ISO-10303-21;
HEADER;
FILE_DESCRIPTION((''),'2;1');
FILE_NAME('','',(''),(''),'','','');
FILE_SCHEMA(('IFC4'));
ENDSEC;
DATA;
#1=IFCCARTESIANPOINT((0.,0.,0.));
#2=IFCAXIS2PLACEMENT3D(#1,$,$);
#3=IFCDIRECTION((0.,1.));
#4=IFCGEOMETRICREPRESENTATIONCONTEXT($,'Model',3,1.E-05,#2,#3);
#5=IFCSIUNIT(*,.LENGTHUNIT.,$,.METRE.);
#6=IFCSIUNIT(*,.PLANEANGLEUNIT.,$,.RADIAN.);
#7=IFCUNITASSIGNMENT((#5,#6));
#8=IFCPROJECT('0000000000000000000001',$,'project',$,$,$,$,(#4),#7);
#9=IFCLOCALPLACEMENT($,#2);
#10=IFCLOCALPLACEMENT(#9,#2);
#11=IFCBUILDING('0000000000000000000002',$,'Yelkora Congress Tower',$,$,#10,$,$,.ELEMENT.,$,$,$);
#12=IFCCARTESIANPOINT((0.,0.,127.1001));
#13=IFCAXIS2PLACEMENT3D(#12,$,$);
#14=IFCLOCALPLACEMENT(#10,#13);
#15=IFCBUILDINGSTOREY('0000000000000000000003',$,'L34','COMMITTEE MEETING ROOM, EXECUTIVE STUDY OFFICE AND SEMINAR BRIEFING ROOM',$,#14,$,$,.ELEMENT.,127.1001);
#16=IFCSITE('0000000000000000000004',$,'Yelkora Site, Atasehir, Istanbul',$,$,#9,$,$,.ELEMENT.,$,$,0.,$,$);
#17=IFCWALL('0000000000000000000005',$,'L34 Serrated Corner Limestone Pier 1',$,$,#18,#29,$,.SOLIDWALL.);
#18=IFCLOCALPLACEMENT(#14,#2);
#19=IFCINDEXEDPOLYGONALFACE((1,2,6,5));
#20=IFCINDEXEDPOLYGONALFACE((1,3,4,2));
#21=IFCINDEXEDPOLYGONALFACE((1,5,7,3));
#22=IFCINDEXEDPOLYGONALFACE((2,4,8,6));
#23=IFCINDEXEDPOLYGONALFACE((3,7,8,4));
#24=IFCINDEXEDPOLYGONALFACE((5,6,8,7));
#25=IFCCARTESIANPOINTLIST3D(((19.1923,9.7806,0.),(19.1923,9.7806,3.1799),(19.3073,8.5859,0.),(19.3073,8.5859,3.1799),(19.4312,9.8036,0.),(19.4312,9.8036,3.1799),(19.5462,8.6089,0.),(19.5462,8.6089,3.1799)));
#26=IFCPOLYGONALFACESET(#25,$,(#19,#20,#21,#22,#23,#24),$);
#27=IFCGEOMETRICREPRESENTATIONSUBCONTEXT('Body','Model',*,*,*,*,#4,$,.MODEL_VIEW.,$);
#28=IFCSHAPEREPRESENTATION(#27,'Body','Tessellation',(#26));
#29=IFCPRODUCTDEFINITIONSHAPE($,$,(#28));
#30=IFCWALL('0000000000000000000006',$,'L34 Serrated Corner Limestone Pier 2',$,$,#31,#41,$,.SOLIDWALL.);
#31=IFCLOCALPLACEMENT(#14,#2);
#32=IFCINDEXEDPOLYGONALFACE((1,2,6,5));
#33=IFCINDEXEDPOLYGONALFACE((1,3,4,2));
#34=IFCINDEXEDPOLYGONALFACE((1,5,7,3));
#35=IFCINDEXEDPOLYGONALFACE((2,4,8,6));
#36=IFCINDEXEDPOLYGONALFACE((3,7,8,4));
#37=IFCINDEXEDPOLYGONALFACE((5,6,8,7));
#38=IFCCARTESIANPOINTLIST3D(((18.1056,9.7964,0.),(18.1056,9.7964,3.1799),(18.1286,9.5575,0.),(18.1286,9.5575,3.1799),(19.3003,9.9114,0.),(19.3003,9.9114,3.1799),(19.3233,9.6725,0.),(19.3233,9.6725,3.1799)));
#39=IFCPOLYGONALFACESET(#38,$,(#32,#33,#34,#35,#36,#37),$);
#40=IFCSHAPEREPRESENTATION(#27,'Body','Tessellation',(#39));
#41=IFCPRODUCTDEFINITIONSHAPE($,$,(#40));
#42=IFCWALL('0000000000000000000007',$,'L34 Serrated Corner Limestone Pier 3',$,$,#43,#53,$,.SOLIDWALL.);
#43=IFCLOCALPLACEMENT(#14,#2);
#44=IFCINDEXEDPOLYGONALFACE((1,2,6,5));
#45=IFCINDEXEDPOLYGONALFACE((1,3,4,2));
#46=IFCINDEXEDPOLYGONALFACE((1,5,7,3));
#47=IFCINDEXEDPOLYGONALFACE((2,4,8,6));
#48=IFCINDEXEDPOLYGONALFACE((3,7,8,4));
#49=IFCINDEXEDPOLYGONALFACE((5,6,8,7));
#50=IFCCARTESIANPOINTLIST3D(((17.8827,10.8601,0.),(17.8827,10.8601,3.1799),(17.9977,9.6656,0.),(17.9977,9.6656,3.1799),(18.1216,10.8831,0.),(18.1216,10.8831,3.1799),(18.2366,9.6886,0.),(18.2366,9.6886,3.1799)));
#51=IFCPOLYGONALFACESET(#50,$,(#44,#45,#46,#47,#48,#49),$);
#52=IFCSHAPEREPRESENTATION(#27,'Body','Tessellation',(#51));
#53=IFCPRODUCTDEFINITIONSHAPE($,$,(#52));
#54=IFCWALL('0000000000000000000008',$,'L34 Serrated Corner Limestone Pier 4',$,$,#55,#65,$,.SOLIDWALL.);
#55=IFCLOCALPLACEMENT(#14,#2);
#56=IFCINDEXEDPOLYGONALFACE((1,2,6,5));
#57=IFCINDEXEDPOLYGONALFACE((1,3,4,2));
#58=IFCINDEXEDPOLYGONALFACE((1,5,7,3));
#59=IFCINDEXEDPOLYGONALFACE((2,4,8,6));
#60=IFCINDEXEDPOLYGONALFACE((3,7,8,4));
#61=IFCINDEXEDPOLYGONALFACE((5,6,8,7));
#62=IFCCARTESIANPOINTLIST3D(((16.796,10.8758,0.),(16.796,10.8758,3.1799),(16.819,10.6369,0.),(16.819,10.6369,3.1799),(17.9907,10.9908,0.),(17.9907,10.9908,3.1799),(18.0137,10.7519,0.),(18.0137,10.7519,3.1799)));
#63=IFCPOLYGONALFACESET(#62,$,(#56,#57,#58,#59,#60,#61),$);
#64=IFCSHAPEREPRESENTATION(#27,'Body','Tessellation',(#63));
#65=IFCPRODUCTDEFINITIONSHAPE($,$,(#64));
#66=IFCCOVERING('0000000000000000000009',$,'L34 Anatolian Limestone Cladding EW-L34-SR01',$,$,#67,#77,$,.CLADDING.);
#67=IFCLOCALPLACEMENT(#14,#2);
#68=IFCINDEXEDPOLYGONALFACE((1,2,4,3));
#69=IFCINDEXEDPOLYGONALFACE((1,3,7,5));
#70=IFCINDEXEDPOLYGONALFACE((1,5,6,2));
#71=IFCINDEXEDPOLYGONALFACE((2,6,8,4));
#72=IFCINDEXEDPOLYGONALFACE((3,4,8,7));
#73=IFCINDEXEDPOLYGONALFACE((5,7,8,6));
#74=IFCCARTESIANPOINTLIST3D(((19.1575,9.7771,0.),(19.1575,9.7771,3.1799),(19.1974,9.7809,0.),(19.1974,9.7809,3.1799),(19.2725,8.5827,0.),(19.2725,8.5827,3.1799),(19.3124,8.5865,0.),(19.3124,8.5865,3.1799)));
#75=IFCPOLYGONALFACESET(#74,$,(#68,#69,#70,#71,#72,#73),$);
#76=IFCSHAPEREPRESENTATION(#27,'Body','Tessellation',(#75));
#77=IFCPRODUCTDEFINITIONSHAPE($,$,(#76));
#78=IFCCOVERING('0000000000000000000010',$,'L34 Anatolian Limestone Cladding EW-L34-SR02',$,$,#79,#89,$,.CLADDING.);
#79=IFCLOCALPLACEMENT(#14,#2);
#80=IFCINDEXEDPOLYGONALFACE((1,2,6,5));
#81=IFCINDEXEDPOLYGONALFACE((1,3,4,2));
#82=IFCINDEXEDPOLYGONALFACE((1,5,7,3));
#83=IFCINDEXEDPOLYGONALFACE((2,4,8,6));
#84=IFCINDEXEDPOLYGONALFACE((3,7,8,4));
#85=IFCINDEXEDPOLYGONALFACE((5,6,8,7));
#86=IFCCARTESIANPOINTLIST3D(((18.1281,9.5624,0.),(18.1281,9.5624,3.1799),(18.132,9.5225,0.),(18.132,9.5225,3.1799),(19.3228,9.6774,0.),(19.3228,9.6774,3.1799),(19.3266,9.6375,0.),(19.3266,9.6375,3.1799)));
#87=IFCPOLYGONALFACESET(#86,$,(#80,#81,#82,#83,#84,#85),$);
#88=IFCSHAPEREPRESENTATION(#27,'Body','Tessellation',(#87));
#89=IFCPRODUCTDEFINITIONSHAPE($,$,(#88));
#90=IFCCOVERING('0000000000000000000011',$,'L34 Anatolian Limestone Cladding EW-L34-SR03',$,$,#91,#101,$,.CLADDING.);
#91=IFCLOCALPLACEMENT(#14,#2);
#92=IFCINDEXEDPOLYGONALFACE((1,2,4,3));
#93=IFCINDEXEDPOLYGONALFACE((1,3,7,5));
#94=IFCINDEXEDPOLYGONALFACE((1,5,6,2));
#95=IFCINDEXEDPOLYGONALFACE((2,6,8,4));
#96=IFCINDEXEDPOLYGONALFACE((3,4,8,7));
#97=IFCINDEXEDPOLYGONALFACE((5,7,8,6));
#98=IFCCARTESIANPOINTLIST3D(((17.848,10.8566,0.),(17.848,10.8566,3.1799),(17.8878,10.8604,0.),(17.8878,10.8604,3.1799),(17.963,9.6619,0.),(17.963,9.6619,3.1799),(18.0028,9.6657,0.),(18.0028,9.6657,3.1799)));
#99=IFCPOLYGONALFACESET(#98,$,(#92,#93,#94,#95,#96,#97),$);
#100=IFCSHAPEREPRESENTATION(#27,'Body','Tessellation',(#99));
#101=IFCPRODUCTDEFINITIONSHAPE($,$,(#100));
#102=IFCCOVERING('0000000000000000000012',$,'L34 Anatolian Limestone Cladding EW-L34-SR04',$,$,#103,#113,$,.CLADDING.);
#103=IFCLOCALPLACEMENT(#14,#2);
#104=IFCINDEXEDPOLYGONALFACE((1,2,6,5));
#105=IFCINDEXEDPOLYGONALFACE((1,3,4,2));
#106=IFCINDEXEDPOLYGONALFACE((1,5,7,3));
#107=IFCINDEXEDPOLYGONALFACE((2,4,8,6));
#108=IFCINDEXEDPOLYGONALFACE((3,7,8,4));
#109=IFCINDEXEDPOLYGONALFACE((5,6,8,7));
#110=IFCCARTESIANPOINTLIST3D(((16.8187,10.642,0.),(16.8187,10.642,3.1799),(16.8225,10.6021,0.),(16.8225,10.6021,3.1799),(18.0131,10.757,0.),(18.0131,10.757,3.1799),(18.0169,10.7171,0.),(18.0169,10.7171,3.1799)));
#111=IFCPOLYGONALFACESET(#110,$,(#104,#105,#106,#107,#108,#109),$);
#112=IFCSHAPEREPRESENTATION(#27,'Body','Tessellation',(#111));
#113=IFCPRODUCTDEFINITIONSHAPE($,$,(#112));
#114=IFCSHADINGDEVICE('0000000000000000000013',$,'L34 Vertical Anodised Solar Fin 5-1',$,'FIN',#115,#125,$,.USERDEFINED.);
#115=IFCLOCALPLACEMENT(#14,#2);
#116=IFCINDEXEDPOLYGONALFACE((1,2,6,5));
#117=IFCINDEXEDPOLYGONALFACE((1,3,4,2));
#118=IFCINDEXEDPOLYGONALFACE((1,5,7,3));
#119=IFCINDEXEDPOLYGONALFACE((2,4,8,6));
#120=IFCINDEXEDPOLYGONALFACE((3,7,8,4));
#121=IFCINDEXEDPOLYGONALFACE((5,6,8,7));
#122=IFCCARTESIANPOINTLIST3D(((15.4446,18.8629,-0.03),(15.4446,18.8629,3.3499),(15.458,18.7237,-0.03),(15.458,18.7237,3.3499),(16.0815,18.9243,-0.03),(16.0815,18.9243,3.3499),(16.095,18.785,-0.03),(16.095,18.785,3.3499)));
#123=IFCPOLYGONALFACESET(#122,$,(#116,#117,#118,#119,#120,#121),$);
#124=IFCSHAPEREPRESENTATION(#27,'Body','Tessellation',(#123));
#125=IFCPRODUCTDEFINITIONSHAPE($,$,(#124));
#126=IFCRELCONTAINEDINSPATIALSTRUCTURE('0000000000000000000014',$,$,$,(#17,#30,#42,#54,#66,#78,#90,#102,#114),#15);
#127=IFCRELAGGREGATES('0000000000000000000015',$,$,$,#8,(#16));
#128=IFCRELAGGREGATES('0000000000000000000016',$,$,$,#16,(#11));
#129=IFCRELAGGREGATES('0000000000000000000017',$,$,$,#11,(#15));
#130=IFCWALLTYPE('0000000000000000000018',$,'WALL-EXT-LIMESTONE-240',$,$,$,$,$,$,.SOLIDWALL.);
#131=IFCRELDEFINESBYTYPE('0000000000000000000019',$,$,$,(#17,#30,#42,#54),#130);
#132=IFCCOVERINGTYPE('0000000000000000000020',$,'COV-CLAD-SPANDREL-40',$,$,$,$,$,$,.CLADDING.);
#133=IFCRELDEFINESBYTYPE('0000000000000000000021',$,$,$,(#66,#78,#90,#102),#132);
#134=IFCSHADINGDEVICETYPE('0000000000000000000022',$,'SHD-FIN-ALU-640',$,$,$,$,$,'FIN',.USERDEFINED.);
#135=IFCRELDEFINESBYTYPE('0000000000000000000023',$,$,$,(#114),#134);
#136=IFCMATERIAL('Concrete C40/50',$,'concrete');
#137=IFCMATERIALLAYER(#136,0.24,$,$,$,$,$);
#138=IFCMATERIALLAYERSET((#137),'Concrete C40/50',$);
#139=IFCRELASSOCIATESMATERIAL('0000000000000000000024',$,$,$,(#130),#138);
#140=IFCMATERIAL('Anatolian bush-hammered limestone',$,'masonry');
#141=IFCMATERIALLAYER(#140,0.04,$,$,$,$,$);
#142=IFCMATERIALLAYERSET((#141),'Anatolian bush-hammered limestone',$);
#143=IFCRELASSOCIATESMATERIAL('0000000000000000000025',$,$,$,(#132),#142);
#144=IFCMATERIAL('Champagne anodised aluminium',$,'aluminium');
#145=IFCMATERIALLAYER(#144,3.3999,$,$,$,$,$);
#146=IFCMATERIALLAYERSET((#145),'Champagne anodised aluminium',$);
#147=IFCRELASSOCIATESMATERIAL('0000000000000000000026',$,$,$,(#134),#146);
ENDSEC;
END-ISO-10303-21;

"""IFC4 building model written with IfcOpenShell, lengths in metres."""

from ifc_helpers import new_model, si_unit, direction, frame, frame_2d, origin, origin_2d, place, context, subcontext, project, spatial, rectangle, extrude, material, layer, layer_set, type_object, element, save


model = new_model("IFC4")

# Units and contexts
model_context = context("Model", 3, precision=1e-05, world=origin(), true_north=direction((0.0, 1.0)))
body_context = subcontext(model_context, "Body", "Model", "MODEL_VIEW")
ifc_project = project(units=[si_unit("LENGTHUNIT", "METRE"), si_unit("PLANEANGLEUNIT", "RADIAN")], contexts=[model_context])

# Site, building, storey
site_placement = place(None, origin())
site = spatial("IfcSite", under=ifc_project, at=site_placement, Name="Yelkora Site, Atasehir, Istanbul", CompositionType="ELEMENT", RefElevation=0.0)
building_placement = place(site_placement, origin())
building = spatial("IfcBuilding", under=site, at=building_placement, Name="Yelkora Congress Tower", CompositionType="ELEMENT")
storey_placement = place(building_placement, frame((0.0, 0.0, 127.1001)))
storey = spatial("IfcBuildingStorey", under=building, at=storey_placement, Name="L34", Description="COMMITTEE MEETING ROOM, EXECUTIVE STUDY OFFICE AND SEMINAR BRIEFING ROOM", CompositionType="ELEMENT", Elevation=127.1001)

# Shared definitions
ifc_material_1 = material(Name="Concrete C40/50", Category="concrete")

# Walls
ifc_layer_1 = layer(ifc_material_1, 0.24)
ifc_layer_set_1 = layer_set([ifc_layer_1], Name="Concrete C40/50")
wall_type = type_object("IfcWallType", Name="WALL-EXT-LIMESTONE-240", PredefinedType="SOLIDWALL", material=ifc_layer_set_1)
for number, where, z_axis, x_axis, name in (
    (1, (19.4268, 8.5974, 0.0), (0.0, 0.0, 1.0), (-0.095817, 0.995399, 0.0), "L34 Serrated Corner Limestone Pier 1"),
    (2, (19.3118, 9.792, 0.0), (0.0, 0.0, 1.0), (-0.995399, -0.095817, 0.0), "L34 Serrated Corner Limestone Pier 2"),
):
    element("IfcWall", number, at=place(storey_placement, frame(where, z_axis=z_axis, x_axis=x_axis)), inside=storey, type_object=wall_type, Name=name, PredefinedType="SOLIDWALL", context=body_context, shape_type="SweptSolid", body=[
        extrude(rectangle(XDim=1.2002, YDim=0.24, at=frame_2d((0.6001, 0.0))), origin(), (0.0, 0.0, 1.0), 3.1799),
    ])
wall_1_placement = place(storey_placement, frame((18.1172, 9.677, 0.0), z_axis=(0.0, 0.0, 1.0), x_axis=(-0.095836, 0.995397, 0.0)))
element("IfcWall", 3, at=wall_1_placement, inside=storey, type_object=wall_type, Name="L34 Serrated Corner Limestone Pier 3", PredefinedType="SOLIDWALL", context=body_context, shape_type="SweptSolid", body=[
    extrude(rectangle(XDim=1.2, YDim=0.24, at=frame_2d((0.6001, 0.0))), origin(), (0.0, 0.0, 1.0), 3.1799),
])
wall_2_placement = place(storey_placement, frame((18.0022, 10.8713, 0.0), z_axis=(0.0, 0.0, 1.0), x_axis=(-0.995399, -0.095817, 0.0)))
element("IfcWall", 4, at=wall_2_placement, inside=storey, type_object=wall_type, Name="L34 Serrated Corner Limestone Pier 4", PredefinedType="SOLIDWALL", context=body_context, shape_type="SweptSolid", body=[
    extrude(rectangle(XDim=1.2002, YDim=0.24, at=frame_2d((0.6001, 0.0))), origin(), (0.0, 0.0, 1.0), 3.1799),
])

# Coverings
ifc_material_2 = material(Name="Anatolian bush-hammered limestone", Category="masonry")
ifc_layer_2 = layer(ifc_material_2, 0.04)
ifc_layer_set_2 = layer_set([ifc_layer_2], Name="Anatolian bush-hammered limestone")
covering_type = type_object("IfcCoveringType", Name="COV-CLAD-SPANDREL-40", PredefinedType="CLADDING", material=ifc_layer_set_2)
covering_1_placement = place(storey_placement, frame((19.2925, 8.5845, 0.0), z_axis=(0.0, 0.0, 1.0), x_axis=(-0.095836, 0.995397, 0.0)))
element("IfcCovering", 5, at=covering_1_placement, inside=storey, type_object=covering_type, Name="L34 Anatolian Limestone Cladding EW-L34-SR01", PredefinedType="CLADDING", context=body_context, shape_type="SweptSolid", body=[
    extrude(rectangle(XDim=1.2, YDim=0.04, at=frame_2d((0.6001, 0.0))), origin(), (0.0, 0.0, 1.0), 3.1799),
])
for number, where, z_axis, x_axis, name in (
    (6, (19.3247, 9.6575, 0.0), (0.0, 0.0, 1.0), (-0.995399, -0.095817, 0.0), "L34 Anatolian Limestone Cladding EW-L34-SR02"),
    (7, (17.9829, 9.6638, 0.0), (0.0, 0.0, 1.0), (-0.095817, 0.995399, 0.0), "L34 Anatolian Limestone Cladding EW-L34-SR03"),
):
    element("IfcCovering", number, at=place(storey_placement, frame(where, z_axis=z_axis, x_axis=x_axis)), inside=storey, type_object=covering_type, Name=name, PredefinedType="CLADDING", context=body_context, shape_type="SweptSolid", body=[
        extrude(rectangle(XDim=1.2002, YDim=0.04, at=frame_2d((0.6001, 0.0))), origin(), (0.0, 0.0, 1.0), 3.1799),
    ])
covering_2_placement = place(storey_placement, frame((18.0151, 10.7371, 0.0), z_axis=(0.0, 0.0, 1.0), x_axis=(-0.995397, -0.095836, 0.0)))
element("IfcCovering", 8, at=covering_2_placement, inside=storey, type_object=covering_type, Name="L34 Anatolian Limestone Cladding EW-L34-SR04", PredefinedType="CLADDING", context=body_context, shape_type="SweptSolid", body=[
    extrude(rectangle(XDim=1.2, YDim=0.04, at=frame_2d((0.6001, 0.0))), origin(), (0.0, 0.0, 1.0), 3.1799),
])

# Shading device
ifc_material_3 = material(Name="Champagne anodised aluminium", Category="aluminium")
ifc_layer_3 = layer(ifc_material_3, 3.3999)
ifc_layer_set_3 = layer_set([ifc_layer_3], Name="Champagne anodised aluminium")
shading_device_type = type_object("IfcShadingDeviceType", Name="SHD-FIN-ALU-640", ElementType="FIN", PredefinedType="USERDEFINED", material=ifc_layer_set_3)
shading_device_placement = place(storey_placement, frame((15.7698, 18.824, -0.03), z_axis=(0.0, 0.0, 1.0), x_axis=(-0.095846, 0.995396, 0.0)))
element("IfcShadingDevice", 9, at=shading_device_placement, inside=storey, type_object=shading_device_type, Name="L34 Vertical Anodised Solar Fin 5-1", ObjectType="FIN", PredefinedType="USERDEFINED", context=body_context, shape_type="SweptSolid", body=[
    extrude(rectangle(XDim=0.1399, YDim=0.6399, at=origin_2d()), origin(), (0.0, 0.0, 1.0), 3.3799),
])

save(model, "model.ifc")
